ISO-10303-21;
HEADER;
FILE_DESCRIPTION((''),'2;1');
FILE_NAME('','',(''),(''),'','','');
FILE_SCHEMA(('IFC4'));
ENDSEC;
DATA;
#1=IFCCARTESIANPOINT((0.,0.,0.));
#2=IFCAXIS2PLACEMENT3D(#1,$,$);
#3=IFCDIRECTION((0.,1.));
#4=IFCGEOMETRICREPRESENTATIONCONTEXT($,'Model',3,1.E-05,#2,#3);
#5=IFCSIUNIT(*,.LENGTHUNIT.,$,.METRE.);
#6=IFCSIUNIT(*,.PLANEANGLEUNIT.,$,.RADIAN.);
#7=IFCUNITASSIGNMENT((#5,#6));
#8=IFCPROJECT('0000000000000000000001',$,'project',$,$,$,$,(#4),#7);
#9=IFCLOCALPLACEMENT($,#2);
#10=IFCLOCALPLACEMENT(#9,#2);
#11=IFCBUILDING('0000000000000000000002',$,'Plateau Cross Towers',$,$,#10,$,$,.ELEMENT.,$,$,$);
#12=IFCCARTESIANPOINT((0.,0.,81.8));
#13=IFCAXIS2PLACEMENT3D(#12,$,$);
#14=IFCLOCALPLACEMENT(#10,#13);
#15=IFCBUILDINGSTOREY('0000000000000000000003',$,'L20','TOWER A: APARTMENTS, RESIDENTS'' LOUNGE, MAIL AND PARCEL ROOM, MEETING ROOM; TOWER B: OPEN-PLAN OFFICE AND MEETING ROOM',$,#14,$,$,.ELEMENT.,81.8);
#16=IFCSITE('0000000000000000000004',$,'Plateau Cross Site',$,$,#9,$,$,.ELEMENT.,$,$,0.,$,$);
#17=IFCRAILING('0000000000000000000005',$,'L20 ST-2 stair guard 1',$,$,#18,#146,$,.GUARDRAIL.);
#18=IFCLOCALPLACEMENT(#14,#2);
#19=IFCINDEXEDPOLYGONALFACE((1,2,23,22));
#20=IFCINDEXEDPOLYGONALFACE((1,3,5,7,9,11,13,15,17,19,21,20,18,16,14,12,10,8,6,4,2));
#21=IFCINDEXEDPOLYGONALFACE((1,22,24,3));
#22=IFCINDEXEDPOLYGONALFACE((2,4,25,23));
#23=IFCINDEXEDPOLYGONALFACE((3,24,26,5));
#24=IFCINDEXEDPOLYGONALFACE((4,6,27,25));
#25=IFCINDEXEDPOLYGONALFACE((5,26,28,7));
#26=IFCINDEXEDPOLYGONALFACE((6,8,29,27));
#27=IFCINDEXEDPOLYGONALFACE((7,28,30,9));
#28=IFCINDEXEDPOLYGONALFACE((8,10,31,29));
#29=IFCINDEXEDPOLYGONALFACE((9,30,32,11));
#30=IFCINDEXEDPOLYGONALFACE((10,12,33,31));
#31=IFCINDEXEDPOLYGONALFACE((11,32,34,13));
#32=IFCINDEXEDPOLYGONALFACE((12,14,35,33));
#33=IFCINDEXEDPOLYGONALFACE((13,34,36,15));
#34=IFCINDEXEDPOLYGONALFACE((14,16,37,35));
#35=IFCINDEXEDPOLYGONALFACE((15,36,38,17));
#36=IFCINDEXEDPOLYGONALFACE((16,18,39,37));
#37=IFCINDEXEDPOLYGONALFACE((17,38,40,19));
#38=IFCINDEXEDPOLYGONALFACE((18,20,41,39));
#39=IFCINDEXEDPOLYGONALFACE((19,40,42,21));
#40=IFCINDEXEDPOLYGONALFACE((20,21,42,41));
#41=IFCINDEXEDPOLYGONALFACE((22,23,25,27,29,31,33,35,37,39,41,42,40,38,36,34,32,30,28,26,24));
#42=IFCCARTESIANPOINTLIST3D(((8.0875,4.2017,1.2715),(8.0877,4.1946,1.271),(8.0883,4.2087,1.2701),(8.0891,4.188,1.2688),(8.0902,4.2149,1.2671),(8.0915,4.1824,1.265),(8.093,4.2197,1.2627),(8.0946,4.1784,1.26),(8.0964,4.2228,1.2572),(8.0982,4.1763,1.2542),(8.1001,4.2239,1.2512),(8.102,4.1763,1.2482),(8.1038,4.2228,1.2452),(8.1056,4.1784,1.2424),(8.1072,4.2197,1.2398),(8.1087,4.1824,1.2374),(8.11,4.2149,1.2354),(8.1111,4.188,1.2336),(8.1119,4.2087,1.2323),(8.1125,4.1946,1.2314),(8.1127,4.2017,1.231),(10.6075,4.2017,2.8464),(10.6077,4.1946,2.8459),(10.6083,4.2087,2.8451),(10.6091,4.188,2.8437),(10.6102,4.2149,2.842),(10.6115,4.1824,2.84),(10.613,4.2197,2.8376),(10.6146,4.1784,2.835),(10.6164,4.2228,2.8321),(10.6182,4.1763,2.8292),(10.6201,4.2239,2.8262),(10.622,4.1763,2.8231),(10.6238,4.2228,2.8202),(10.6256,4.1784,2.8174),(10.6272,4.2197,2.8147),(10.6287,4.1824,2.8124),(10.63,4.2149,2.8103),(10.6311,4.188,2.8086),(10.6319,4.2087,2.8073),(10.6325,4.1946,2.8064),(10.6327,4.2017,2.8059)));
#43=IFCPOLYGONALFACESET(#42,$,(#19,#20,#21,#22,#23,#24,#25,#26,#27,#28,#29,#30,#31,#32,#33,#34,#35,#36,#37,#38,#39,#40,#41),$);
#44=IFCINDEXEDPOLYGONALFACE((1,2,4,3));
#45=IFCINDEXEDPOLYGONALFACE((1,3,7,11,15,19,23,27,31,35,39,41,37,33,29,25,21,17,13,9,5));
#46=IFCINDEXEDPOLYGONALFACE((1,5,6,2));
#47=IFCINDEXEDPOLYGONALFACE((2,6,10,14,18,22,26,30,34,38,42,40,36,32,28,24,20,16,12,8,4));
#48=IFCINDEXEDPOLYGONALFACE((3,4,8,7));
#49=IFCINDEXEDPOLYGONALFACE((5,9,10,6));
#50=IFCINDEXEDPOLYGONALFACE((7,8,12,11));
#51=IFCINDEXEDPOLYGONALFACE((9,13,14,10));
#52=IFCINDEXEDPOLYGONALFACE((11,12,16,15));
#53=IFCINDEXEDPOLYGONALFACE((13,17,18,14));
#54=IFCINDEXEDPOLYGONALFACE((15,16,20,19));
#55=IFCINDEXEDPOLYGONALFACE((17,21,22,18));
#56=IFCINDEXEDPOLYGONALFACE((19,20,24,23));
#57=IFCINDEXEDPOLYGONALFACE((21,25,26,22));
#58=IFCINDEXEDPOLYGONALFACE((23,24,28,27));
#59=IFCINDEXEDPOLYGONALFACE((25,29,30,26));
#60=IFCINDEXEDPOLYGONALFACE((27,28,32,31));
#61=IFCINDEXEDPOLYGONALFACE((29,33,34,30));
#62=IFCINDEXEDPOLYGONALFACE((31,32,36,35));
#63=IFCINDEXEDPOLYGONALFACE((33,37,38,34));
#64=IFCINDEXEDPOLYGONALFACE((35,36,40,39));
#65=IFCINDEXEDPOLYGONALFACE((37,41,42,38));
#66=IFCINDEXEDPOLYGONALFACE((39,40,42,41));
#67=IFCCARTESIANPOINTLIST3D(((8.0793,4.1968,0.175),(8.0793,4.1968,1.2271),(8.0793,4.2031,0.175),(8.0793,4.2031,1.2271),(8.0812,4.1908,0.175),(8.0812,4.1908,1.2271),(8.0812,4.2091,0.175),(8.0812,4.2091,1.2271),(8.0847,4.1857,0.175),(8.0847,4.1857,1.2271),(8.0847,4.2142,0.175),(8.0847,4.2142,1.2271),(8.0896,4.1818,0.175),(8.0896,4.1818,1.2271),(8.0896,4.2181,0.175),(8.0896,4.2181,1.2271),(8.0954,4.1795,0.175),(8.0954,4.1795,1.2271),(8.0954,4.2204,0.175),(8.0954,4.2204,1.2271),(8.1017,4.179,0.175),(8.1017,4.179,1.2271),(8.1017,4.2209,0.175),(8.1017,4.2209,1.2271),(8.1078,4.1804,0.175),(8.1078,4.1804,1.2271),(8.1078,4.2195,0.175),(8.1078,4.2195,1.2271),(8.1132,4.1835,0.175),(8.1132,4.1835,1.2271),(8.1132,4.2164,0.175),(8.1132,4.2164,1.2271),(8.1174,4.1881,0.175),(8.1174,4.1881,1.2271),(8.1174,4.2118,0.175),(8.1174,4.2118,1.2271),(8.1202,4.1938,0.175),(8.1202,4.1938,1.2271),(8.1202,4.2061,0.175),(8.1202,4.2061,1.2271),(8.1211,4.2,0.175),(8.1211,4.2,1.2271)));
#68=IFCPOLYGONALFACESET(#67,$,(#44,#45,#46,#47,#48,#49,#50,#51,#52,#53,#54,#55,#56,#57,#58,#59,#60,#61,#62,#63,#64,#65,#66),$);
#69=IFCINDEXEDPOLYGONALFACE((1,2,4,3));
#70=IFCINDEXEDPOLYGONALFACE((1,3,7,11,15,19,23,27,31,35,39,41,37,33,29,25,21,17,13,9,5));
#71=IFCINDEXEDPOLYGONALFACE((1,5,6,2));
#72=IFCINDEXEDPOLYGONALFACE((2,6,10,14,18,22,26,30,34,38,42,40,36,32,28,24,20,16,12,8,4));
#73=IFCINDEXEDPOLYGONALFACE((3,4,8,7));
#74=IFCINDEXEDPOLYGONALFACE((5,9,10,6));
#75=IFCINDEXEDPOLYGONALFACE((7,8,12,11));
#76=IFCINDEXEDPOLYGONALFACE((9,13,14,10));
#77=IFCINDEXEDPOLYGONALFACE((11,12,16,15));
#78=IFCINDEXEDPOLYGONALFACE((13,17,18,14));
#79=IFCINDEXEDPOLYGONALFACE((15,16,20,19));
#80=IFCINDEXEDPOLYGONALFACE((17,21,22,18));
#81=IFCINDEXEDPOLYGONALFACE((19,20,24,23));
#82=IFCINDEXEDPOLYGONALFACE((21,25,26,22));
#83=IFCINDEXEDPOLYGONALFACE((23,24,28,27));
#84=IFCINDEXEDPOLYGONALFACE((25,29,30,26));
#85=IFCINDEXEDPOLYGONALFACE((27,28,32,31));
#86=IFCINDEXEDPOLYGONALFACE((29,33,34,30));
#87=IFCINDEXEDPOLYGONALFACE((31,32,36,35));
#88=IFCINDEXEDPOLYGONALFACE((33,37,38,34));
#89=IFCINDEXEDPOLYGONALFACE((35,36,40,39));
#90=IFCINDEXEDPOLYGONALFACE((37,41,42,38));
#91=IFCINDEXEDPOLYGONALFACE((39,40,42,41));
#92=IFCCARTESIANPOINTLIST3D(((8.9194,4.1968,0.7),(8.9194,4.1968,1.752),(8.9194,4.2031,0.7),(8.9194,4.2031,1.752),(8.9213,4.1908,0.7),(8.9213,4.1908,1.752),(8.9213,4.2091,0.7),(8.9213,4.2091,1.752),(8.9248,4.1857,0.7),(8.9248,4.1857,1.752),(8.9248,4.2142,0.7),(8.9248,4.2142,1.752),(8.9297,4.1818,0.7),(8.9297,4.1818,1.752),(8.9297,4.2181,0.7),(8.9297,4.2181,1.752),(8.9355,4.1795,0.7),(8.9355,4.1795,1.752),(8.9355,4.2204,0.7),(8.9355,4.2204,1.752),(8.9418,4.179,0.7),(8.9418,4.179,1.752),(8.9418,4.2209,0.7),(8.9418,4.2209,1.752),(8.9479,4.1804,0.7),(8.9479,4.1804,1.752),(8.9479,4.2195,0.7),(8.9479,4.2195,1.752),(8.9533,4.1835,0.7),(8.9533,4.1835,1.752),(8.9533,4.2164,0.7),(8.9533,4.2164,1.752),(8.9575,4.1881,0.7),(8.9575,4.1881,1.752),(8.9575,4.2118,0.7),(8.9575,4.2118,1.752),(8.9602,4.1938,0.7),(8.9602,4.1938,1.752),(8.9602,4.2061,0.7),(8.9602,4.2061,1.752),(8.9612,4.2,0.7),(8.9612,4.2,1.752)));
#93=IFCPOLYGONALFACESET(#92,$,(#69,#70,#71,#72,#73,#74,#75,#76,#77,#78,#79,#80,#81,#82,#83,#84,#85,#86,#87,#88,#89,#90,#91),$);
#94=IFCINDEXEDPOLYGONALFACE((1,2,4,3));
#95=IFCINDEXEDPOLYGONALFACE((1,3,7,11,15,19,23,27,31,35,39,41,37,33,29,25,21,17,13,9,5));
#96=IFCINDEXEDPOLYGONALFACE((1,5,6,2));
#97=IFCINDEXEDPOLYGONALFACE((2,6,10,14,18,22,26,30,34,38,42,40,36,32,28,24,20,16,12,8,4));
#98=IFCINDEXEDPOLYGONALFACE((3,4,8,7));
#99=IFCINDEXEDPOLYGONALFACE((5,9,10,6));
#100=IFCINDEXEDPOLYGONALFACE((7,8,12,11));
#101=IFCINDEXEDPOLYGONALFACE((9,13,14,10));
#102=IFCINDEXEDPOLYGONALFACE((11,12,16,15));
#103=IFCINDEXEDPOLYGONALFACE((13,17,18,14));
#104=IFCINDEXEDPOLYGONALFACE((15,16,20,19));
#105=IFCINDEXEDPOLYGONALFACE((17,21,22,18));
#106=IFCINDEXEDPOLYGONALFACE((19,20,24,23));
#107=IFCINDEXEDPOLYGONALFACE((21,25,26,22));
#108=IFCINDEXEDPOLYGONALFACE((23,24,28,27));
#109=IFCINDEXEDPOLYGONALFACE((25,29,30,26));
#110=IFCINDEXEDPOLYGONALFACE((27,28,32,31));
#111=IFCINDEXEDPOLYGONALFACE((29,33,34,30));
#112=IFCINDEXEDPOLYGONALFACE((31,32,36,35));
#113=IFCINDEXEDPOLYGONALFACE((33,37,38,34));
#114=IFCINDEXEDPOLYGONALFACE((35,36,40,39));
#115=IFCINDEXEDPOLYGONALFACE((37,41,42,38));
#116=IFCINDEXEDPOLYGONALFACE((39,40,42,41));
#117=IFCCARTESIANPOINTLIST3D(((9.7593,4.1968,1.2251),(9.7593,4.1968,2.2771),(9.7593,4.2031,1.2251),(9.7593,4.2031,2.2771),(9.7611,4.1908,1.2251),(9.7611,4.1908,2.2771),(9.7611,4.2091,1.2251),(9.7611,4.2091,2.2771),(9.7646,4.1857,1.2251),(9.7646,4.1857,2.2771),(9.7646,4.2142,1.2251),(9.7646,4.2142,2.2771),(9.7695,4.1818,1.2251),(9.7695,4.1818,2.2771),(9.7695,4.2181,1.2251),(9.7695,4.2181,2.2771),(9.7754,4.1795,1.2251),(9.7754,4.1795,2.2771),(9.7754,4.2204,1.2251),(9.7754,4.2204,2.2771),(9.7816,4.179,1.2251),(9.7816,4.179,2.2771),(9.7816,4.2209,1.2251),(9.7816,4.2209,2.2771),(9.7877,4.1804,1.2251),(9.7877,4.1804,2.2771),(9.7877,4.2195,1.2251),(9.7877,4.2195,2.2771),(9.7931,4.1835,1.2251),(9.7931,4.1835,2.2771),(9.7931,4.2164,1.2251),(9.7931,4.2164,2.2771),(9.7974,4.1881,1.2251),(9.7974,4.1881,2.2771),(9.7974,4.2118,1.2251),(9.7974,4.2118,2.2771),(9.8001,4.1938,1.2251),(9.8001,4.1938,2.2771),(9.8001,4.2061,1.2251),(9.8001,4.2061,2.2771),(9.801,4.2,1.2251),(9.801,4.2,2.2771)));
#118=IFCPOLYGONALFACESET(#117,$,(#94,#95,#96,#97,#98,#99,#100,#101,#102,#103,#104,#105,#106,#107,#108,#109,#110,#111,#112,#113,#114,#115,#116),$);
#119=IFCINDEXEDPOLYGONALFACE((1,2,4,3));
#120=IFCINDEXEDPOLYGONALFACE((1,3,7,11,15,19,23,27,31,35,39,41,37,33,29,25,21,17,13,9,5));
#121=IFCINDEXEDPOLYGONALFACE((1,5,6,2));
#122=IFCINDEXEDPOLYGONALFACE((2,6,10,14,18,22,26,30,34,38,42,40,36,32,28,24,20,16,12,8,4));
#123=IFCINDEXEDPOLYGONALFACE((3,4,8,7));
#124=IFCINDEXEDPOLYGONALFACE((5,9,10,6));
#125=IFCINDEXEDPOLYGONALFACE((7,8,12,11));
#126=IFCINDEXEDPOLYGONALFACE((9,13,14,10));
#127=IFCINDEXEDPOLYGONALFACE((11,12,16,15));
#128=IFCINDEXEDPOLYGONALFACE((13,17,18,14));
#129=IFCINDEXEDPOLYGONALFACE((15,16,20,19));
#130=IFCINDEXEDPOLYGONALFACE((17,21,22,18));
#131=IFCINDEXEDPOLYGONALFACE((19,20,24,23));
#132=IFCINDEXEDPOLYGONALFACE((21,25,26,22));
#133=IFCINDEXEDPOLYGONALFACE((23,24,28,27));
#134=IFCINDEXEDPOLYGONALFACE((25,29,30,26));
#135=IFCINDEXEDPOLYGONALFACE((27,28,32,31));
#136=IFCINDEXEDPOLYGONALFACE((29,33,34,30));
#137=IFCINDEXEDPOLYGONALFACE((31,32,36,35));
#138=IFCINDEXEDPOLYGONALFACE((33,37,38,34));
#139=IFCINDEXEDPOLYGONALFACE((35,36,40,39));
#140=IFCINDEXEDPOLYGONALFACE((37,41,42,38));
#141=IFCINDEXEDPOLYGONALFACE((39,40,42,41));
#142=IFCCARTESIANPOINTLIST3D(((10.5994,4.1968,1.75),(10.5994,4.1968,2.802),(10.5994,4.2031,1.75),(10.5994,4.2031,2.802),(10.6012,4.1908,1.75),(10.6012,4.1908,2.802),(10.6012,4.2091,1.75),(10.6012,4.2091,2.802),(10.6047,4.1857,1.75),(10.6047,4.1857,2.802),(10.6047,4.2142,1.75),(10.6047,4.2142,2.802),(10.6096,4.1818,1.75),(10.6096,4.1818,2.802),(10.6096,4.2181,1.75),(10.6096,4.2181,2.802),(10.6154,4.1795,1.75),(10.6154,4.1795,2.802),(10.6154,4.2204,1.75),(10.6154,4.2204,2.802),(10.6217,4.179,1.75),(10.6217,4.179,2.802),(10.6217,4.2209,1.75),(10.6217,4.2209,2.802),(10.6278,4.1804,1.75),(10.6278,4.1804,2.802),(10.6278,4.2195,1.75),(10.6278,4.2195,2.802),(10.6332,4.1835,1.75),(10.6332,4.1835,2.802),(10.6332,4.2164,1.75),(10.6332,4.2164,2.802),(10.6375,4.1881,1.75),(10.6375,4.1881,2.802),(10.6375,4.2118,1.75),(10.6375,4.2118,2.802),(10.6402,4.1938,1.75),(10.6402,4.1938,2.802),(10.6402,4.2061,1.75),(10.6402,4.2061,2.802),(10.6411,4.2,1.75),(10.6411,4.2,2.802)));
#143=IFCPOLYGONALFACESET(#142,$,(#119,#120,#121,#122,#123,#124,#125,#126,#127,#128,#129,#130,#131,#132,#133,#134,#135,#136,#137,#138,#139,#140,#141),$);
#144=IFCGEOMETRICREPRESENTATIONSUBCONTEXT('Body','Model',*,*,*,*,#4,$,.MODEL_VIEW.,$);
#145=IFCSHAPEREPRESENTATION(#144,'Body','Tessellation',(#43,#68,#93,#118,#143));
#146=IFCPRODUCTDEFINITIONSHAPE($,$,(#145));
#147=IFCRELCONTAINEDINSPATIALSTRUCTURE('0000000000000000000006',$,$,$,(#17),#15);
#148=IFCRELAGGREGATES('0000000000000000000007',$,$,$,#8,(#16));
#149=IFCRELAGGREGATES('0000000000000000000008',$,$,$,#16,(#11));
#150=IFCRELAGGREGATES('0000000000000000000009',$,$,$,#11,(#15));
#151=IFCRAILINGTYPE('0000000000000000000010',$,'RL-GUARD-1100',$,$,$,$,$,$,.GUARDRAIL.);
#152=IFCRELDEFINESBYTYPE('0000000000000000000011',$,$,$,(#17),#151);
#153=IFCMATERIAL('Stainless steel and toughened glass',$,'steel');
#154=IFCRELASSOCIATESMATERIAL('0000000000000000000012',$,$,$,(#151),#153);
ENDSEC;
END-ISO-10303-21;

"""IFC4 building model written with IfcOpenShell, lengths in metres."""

from ifc_helpers import new_model, si_unit, direction, frame, origin, origin_2d, place, context, subcontext, project, spatial, circle, extrude, material, type_object, element, save


model = new_model("IFC4")

# Units and contexts
model_context = context("Model", 3, precision=1e-05, world=origin(), true_north=direction((0.0, 1.0)))
body_context = subcontext(model_context, "Body", "Model", "MODEL_VIEW")
ifc_project = project(units=[si_unit("LENGTHUNIT", "METRE"), si_unit("PLANEANGLEUNIT", "RADIAN")], contexts=[model_context])

# Site, building, storey
site_placement = place(None, origin())
site = spatial("IfcSite", under=ifc_project, at=site_placement, Name="Plateau Cross Site", CompositionType="ELEMENT", RefElevation=0.0)
building_placement = place(site_placement, origin())
building = spatial("IfcBuilding", under=site, at=building_placement, Name="Plateau Cross Towers", CompositionType="ELEMENT")
storey_placement = place(building_placement, frame((0.0, 0.0, 81.8)))
storey = spatial("IfcBuildingStorey", under=building, at=storey_placement, Name="L20", Description="TOWER A: APARTMENTS, RESIDENTS' LOUNGE, MAIL AND PARCEL ROOM, MEETING ROOM; TOWER B: OPEN-PLAN OFFICE AND MEETING ROOM", CompositionType="ELEMENT", Elevation=81.8)

# Railing
ifc_material_1 = material(Name="Stainless steel and toughened glass", Category="steel")
railing_type_1 = type_object("IfcRailingType", Name="RL-GUARD-1100", PredefinedType="GUARDRAIL", material=ifc_material_1)
railing_1_placement = place(storey_placement, frame((8.1001, 4.2, 0.175)))
element("IfcRailing", 1, at=railing_1_placement, inside=storey, type_object=railing_type_1, Name="L20 ST-2 stair guard 1", PredefinedType="GUARDRAIL", context=body_context, shape_type="SweptSolid", body=[
    extrude(circle(Radius=0.0239, at=origin_2d()), frame((0.0, 0.0, 1.0762), z_axis=(0.848008, 0.0, 0.529984), x_axis=(0.0, 1.0, 0.0)), (0.0, 0.0, 1.0), 2.9717),
    extrude(circle(Radius=0.021, at=origin_2d()), origin(), (0.0, 0.0, 1.0), 1.052),
    extrude(circle(Radius=0.021, at=origin_2d()), frame((0.8401, 0.0, 0.5249)), (0.0, 0.0, 1.0), 1.052),
    extrude(circle(Radius=0.021, at=origin_2d()), frame((1.6799, 0.0, 1.05)), (0.0, 0.0, 1.0), 1.052),
    extrude(circle(Radius=0.021, at=origin_2d()), frame((2.52, 0.0, 1.575)), (0.0, 0.0, 1.0), 1.052),
])

save(model, "model.ifc")
